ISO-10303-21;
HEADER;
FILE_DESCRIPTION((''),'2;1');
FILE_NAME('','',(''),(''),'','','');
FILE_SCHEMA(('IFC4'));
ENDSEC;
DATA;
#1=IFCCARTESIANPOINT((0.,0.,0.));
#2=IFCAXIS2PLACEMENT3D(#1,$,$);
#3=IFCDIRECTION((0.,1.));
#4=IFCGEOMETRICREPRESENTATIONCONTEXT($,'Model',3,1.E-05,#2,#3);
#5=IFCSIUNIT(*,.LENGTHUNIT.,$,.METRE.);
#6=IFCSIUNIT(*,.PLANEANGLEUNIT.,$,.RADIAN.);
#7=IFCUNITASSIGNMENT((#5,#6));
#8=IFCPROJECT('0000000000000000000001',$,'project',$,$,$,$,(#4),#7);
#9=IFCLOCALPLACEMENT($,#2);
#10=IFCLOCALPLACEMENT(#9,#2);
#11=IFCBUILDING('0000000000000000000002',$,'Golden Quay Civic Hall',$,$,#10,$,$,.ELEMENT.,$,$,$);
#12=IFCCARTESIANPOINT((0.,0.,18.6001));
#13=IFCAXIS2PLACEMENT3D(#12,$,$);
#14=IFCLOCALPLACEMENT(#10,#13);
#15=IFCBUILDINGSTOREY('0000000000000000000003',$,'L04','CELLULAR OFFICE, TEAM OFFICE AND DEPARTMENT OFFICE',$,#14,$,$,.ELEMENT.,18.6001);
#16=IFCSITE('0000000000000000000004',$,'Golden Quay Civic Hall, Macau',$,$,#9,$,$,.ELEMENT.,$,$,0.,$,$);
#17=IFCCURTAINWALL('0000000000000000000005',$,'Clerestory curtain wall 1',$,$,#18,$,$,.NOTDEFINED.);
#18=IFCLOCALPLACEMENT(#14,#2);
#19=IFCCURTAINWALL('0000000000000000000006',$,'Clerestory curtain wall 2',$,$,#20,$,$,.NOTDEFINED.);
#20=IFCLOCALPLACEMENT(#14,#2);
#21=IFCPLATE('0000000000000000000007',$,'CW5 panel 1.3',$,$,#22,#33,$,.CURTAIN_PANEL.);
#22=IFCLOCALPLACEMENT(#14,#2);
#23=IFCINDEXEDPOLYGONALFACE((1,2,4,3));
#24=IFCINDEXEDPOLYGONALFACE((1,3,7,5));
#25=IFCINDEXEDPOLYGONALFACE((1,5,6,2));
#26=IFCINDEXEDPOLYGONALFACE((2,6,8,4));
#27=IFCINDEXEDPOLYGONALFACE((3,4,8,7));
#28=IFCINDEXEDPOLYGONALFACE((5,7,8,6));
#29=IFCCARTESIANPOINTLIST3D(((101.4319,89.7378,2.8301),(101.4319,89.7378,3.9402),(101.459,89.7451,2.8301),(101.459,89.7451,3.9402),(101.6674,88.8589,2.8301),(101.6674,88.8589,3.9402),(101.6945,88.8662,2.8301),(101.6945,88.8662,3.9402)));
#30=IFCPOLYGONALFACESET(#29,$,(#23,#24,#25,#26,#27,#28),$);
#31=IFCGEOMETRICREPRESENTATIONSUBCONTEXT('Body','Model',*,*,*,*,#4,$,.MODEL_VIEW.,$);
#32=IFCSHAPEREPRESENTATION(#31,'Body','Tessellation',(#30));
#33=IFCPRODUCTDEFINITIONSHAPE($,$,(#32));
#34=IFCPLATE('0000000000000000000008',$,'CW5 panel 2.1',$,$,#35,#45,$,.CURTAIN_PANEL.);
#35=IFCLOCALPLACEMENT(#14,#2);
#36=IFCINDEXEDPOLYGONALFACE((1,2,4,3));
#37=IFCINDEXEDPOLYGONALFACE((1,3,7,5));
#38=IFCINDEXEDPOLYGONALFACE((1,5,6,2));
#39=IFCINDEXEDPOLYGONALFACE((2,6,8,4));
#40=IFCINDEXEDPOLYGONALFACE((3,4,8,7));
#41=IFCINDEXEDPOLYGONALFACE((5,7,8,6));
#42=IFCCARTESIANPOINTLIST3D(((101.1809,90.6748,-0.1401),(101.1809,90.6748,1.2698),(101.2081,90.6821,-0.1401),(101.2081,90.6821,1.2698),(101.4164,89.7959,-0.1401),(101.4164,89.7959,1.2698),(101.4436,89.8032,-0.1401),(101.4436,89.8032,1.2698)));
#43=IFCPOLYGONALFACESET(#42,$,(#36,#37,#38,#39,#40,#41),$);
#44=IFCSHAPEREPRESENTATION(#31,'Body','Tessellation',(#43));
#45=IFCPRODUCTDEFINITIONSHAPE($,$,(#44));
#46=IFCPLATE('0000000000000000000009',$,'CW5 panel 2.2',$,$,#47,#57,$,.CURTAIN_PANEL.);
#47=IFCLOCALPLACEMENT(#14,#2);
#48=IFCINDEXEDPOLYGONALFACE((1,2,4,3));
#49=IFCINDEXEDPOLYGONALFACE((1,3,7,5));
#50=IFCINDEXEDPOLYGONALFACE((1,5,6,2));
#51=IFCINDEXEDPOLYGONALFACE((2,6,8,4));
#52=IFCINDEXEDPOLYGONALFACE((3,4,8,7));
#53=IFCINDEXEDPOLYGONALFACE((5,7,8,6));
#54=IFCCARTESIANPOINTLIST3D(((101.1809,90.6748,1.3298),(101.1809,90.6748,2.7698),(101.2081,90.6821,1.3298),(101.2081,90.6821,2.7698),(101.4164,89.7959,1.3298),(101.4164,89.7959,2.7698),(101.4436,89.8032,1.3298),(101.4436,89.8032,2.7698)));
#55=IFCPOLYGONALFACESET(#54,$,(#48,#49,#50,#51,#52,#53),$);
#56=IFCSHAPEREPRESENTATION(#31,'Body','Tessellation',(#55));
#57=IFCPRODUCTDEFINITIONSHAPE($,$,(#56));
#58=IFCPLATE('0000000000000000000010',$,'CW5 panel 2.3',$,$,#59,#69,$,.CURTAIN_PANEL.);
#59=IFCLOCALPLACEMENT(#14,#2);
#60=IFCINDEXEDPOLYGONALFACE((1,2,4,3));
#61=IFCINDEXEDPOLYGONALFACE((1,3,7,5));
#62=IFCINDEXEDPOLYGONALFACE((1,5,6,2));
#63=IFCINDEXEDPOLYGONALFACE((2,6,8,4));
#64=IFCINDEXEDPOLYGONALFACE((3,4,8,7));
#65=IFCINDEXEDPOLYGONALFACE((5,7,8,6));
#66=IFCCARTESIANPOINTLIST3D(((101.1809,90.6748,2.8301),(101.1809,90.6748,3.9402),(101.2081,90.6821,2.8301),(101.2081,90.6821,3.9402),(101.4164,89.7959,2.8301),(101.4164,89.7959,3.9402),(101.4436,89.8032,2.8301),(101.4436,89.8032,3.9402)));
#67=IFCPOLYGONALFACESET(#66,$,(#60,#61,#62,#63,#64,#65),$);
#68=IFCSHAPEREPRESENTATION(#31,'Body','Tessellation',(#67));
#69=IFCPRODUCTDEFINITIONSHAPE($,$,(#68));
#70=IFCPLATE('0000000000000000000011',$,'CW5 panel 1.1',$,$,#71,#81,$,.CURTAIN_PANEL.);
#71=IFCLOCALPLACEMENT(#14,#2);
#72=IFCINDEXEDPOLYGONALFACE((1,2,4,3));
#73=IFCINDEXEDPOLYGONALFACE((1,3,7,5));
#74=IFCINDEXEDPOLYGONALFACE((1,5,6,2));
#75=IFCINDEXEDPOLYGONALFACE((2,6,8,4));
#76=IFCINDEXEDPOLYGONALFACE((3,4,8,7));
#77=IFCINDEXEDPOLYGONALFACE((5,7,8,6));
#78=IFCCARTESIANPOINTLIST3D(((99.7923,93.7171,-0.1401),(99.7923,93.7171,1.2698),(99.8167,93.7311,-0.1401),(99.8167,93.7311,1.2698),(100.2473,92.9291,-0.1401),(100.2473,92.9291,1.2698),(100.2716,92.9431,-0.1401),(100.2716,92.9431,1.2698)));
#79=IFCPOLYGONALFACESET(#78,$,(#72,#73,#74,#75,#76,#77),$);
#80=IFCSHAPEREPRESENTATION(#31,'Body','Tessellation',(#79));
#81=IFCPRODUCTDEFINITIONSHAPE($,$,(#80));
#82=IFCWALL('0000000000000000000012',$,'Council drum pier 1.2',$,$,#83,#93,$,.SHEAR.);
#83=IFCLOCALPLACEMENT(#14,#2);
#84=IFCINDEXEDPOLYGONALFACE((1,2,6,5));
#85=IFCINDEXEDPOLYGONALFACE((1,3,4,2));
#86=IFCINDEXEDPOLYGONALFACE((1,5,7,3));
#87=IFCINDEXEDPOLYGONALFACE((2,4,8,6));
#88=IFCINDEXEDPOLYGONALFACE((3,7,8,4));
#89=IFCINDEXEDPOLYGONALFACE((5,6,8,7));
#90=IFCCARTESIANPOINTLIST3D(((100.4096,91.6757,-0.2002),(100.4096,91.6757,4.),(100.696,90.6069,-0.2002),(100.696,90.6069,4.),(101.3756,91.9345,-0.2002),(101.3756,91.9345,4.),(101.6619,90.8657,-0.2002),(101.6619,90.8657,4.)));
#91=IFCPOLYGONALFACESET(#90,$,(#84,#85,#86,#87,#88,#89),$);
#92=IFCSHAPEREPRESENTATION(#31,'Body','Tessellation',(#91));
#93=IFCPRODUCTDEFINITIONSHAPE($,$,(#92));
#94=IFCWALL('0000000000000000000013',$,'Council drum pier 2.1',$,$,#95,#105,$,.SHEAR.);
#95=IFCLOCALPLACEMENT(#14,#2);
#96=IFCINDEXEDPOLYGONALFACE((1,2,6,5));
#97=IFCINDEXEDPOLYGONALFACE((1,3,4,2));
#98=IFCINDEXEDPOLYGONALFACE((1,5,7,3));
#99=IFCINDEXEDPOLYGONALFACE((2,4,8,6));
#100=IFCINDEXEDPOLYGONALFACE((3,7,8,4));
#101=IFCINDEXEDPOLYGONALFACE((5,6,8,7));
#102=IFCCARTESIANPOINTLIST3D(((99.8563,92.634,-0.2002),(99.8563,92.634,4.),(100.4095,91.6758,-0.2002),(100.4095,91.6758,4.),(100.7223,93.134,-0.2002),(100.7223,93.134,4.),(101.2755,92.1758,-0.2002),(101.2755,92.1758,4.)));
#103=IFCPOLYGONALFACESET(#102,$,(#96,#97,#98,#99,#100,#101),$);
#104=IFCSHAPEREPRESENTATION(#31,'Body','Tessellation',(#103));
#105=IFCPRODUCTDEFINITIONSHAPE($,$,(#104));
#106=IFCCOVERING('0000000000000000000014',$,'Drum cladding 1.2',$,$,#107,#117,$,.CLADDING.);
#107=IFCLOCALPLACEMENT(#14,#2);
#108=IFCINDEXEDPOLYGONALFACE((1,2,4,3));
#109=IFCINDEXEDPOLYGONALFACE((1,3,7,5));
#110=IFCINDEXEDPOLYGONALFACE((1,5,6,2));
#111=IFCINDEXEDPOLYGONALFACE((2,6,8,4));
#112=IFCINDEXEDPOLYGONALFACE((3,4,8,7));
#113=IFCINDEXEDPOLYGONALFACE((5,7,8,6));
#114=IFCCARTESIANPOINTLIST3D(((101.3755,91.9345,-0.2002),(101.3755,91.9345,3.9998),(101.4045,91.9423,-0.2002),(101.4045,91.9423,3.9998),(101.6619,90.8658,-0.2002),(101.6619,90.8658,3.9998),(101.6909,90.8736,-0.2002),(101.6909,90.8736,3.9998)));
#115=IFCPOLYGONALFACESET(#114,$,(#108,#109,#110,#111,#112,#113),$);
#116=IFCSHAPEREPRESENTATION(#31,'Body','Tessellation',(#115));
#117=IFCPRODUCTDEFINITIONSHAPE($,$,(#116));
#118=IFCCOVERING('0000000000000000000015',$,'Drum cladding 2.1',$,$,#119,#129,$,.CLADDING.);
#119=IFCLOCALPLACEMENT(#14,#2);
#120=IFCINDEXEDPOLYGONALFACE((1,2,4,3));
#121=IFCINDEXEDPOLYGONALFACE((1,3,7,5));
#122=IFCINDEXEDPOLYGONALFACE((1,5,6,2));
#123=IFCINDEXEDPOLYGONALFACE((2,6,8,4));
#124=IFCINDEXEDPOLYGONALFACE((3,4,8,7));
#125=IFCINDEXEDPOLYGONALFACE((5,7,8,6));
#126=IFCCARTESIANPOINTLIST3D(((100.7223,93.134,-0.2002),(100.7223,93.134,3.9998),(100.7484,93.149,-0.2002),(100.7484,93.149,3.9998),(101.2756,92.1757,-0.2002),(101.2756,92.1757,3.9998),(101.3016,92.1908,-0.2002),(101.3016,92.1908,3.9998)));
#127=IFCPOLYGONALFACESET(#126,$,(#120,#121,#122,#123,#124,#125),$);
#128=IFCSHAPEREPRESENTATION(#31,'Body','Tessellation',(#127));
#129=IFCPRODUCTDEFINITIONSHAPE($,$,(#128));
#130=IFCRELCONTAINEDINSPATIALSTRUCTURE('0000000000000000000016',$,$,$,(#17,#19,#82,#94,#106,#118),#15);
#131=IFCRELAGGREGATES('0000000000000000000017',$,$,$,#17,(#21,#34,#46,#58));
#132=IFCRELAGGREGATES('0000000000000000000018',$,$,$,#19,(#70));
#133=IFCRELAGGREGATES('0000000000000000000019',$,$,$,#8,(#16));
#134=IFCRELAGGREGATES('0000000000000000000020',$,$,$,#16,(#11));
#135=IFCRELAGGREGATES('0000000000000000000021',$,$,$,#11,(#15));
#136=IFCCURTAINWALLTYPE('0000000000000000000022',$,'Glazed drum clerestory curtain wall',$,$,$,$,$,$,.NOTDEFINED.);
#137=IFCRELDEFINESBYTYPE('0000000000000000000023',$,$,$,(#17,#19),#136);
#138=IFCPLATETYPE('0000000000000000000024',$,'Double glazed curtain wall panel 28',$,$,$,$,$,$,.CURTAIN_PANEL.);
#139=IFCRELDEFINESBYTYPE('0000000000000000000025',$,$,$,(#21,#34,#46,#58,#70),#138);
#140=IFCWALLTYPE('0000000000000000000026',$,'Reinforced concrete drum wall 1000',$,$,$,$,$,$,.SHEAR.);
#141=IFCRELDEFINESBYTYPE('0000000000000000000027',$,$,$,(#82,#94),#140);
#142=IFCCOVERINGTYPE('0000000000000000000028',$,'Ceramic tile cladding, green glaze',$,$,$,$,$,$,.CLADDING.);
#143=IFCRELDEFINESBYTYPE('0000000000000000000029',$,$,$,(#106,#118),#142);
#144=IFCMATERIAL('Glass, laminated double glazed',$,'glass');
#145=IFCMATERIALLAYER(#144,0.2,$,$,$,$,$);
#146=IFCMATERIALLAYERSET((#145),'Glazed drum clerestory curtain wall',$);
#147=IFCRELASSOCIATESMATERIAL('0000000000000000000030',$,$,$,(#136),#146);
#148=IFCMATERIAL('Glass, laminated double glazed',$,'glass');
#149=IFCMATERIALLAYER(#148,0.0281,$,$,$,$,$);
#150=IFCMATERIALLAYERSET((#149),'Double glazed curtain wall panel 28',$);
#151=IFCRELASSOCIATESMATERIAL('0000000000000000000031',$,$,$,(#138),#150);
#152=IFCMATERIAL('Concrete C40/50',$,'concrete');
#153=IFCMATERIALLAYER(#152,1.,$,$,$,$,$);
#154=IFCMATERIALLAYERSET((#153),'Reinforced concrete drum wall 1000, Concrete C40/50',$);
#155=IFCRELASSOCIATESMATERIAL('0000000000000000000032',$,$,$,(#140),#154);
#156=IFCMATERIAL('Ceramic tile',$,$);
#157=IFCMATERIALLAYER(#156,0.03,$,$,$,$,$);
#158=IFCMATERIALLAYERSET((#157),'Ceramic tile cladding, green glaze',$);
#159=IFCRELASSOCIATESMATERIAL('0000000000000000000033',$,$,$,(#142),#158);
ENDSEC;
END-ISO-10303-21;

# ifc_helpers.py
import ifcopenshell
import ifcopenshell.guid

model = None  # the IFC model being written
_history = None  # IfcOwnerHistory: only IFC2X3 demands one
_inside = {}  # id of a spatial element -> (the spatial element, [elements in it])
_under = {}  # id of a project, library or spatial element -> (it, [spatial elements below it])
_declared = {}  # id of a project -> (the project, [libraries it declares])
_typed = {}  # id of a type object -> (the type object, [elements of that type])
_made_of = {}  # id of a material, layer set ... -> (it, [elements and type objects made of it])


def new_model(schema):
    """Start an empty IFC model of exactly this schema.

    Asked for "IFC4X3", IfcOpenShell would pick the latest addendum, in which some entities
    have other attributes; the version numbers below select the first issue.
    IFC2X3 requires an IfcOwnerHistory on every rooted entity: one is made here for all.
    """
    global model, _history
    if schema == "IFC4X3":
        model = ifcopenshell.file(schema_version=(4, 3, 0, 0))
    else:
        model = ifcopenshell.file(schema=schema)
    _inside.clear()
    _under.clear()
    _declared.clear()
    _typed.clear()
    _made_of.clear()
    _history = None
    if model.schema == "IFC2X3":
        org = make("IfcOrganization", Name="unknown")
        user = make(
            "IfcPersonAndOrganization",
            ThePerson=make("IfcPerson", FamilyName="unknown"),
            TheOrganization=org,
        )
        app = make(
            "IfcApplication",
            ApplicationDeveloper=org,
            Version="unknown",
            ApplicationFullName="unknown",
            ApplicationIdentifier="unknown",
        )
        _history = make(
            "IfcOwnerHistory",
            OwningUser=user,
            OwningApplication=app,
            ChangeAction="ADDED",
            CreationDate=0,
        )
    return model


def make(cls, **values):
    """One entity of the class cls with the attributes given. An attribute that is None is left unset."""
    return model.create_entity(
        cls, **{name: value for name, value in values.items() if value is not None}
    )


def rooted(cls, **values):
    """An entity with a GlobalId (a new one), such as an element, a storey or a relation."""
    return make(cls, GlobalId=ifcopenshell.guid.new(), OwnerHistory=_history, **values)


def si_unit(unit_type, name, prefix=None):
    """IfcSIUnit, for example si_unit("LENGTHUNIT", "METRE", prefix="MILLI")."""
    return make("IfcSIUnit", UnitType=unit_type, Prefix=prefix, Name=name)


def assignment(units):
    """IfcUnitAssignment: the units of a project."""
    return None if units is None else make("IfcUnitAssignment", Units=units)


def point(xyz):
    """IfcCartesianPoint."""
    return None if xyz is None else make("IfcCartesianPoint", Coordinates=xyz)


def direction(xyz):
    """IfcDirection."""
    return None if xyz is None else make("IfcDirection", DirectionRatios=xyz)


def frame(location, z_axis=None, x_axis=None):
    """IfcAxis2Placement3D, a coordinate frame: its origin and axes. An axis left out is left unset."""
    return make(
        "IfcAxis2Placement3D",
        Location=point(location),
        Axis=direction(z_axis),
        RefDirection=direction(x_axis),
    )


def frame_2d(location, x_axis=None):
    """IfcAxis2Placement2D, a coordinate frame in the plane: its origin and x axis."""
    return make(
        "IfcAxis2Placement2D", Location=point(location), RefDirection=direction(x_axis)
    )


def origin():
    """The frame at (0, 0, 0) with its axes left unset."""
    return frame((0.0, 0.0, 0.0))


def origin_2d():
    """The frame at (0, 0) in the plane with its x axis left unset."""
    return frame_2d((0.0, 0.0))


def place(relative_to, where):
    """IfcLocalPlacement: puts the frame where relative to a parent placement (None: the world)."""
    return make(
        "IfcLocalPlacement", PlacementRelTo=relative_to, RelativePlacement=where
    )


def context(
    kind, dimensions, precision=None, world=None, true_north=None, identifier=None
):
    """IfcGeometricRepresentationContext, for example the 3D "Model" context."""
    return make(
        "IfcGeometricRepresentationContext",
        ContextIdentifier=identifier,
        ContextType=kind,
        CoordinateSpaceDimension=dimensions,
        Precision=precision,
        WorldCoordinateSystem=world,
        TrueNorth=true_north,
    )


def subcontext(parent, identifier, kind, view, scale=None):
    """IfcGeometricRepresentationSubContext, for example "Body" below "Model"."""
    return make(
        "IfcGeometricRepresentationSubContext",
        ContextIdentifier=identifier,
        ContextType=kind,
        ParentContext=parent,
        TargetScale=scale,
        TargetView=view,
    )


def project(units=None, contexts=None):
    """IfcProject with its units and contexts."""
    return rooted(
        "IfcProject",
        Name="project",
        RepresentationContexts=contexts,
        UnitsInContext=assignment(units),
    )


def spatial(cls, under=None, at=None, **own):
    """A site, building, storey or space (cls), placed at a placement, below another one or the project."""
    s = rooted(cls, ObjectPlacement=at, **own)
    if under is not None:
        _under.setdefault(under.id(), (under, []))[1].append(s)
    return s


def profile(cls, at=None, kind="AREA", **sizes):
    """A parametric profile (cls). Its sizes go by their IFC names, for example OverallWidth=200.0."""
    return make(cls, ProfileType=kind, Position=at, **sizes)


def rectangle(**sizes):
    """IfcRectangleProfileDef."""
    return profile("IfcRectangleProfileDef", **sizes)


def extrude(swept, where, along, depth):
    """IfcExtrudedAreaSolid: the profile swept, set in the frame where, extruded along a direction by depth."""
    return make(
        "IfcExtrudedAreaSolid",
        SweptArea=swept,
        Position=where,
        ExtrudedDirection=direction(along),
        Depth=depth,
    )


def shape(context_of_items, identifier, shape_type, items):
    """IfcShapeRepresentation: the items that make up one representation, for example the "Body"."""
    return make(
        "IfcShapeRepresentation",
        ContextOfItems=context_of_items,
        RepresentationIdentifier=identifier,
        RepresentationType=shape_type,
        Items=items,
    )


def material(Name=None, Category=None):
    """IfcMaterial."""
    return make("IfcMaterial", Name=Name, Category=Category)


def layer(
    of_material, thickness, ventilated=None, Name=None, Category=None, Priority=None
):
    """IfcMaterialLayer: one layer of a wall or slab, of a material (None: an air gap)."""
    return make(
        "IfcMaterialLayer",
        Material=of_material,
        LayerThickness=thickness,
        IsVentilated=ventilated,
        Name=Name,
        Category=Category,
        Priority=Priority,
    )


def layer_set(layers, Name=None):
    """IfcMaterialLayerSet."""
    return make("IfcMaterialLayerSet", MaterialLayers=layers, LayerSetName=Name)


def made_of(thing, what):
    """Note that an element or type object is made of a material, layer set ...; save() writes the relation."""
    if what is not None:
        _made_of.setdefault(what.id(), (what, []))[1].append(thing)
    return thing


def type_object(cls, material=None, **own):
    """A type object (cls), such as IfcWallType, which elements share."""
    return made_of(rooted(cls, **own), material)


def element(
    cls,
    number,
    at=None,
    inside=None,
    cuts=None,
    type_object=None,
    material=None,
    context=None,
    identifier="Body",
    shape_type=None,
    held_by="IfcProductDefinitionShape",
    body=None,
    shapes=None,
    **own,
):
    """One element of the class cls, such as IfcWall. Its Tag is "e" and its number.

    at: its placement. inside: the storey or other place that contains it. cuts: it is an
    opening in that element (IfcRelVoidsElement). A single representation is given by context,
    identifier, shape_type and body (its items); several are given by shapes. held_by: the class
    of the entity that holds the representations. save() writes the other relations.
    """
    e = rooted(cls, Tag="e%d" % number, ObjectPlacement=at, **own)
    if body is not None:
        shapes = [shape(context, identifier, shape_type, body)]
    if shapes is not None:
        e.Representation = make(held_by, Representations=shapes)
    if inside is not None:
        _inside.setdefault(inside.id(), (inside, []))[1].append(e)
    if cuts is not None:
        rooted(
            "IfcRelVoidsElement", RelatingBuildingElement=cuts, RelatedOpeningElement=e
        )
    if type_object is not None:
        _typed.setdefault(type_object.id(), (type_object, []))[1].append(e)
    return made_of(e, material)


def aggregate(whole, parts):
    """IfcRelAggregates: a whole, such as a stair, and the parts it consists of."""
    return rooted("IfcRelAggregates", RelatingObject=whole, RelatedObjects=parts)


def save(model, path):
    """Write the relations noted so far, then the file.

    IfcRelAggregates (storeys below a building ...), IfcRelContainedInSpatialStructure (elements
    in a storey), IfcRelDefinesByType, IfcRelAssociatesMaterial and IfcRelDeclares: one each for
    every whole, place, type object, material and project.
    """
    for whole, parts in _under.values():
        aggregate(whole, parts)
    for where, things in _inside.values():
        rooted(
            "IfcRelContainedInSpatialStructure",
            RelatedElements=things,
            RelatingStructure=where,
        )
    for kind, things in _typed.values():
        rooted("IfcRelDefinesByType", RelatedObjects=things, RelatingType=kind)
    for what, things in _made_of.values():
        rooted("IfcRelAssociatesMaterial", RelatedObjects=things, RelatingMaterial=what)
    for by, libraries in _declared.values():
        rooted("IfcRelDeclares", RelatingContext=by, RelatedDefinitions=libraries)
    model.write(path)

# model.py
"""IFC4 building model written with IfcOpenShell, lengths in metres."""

from ifc_helpers import new_model, si_unit, direction, frame, frame_2d, origin, origin_2d, place, context, subcontext, project, spatial, rectangle, extrude, material, layer, layer_set, type_object, element, aggregate, save


model = new_model("IFC4")

# Units and contexts
model_context = context("Model", 3, precision=1e-05, world=origin(), true_north=direction((0.0, 1.0)))
body_context = subcontext(model_context, "Body", "Model", "MODEL_VIEW")
ifc_project = project(units=[si_unit("LENGTHUNIT", "METRE"), si_unit("PLANEANGLEUNIT", "RADIAN")], contexts=[model_context])

# Site, building, storey
site_placement = place(None, origin())
site = spatial("IfcSite", under=ifc_project, at=site_placement, Name="Golden Quay Civic Hall, Macau", CompositionType="ELEMENT", RefElevation=0.0)
building_placement = place(site_placement, origin())
building = spatial("IfcBuilding", under=site, at=building_placement, Name="Golden Quay Civic Hall", CompositionType="ELEMENT")
storey_placement = place(building_placement, frame((0.0, 0.0, 18.6001)))
storey = spatial("IfcBuildingStorey", under=building, at=storey_placement, Name="L04", Description="CELLULAR OFFICE, TEAM OFFICE AND DEPARTMENT OFFICE", CompositionType="ELEMENT", Elevation=18.6001)

# Curtain wall
ifc_material_1 = material(Name="Glass, laminated double glazed", Category="glass")
ifc_layer_1 = layer(ifc_material_1, 0.2)
ifc_layer_set_1 = layer_set([ifc_layer_1], Name="Glazed drum clerestory curtain wall")
curtain_wall_type = type_object("IfcCurtainWallType", Name="Glazed drum clerestory curtain wall", PredefinedType="NOTDEFINED", material=ifc_layer_set_1)
curtain_wall_1_placement = place(storey_placement, origin())
curtain_wall_1 = element("IfcCurtainWall", 1, at=curtain_wall_1_placement, inside=storey, type_object=curtain_wall_type, Name="Clerestory curtain wall 1", PredefinedType="NOTDEFINED")

# Curtain wall
curtain_wall_2_placement = place(storey_placement, origin())
curtain_wall_2 = element("IfcCurtainWall", 2, at=curtain_wall_2_placement, inside=storey, type_object=curtain_wall_type, Name="Clerestory curtain wall 2", PredefinedType="NOTDEFINED")

# Plates
ifc_material_2 = material(Name="Glass, laminated double glazed", Category="glass")
ifc_layer_2 = layer(ifc_material_2, 0.0281)
ifc_layer_set_2 = layer_set([ifc_layer_2], Name="Double glazed curtain wall panel 28")
plate_type = type_object("IfcPlateType", Name="Double glazed curtain wall panel 28", PredefinedType="CURTAIN_PANEL", material=ifc_layer_set_2)
plate_1_placement = place(storey_placement, frame((101.5632, 89.302, 2.8301), z_axis=(0.0, 0.0, 1.0), x_axis=(-0.258808, 0.965929, 0.0)))
plate_1 = element("IfcPlate", 3, at=plate_1_placement, type_object=plate_type, Name="CW5 panel 1.3", PredefinedType="CURTAIN_PANEL", context=body_context, shape_type="SweptSolid", body=[
    extrude(rectangle(XDim=0.9099, YDim=0.0281, at=origin_2d()), origin(), (0.0, 0.0, 1.0), 1.1101),
])
plate_2_placement = place(storey_placement, frame((101.3123, 90.239, -0.1401), z_axis=(0.0, 0.0, 1.0), x_axis=(-0.258808, 0.965929, 0.0)))
plate_2 = element("IfcPlate", 4, at=plate_2_placement, type_object=plate_type, Name="CW5 panel 2.1", PredefinedType="CURTAIN_PANEL", context=body_context, shape_type="SweptSolid", body=[
    extrude(rectangle(XDim=0.9099, YDim=0.0281, at=origin_2d()), origin(), (0.0, 0.0, 1.0), 1.4099),
])
plate_3_placement = place(storey_placement, frame((101.3123, 90.239, 1.3298), z_axis=(0.0, 0.0, 1.0), x_axis=(-0.258808, 0.965929, 0.0)))
plate_3 = element("IfcPlate", 5, at=plate_3_placement, type_object=plate_type, Name="CW5 panel 2.2", PredefinedType="CURTAIN_PANEL", context=body_context, shape_type="SweptSolid", body=[
    extrude(rectangle(XDim=0.9099, YDim=0.0281, at=origin_2d()), origin(), (0.0, 0.0, 1.0), 1.4399),
])
plate_4_placement = place(storey_placement, frame((101.3123, 90.239, 2.8301), z_axis=(0.0, 0.0, 1.0), x_axis=(-0.258808, 0.965929, 0.0)))
plate_4 = element("IfcPlate", 6, at=plate_4_placement, type_object=plate_type, Name="CW5 panel 2.3", PredefinedType="CURTAIN_PANEL", context=body_context, shape_type="SweptSolid", body=[
    extrude(rectangle(XDim=0.9099, YDim=0.0281, at=origin_2d()), origin(), (0.0, 0.0, 1.0), 1.1101),
])
aggregate(curtain_wall_1, [plate_1, plate_2, plate_3, plate_4])
plate_5_placement = place(storey_placement, frame((100.032, 93.3301, -0.1401), z_axis=(0.0, 0.0, 1.0), x_axis=(-0.500011, 0.866019, 0.0)))
plate_5 = element("IfcPlate", 7, at=plate_5_placement, type_object=plate_type, Name="CW5 panel 1.1", PredefinedType="CURTAIN_PANEL", context=body_context, shape_type="SweptSolid", body=[
    extrude(rectangle(XDim=0.9099, YDim=0.0281, at=origin_2d()), origin(), (0.0, 0.0, 1.0), 1.4099),
])
aggregate(curtain_wall_2, [plate_5])

# Walls
ifc_material_3 = material(Name="Concrete C40/50", Category="concrete")
ifc_layer_3 = layer(ifc_material_3, 1.0)
ifc_layer_set_3 = layer_set([ifc_layer_3], Name="Reinforced concrete drum wall 1000, Concrete C40/50")
wall_type = type_object("IfcWallType", Name="Reinforced concrete drum wall 1000", PredefinedType="SHEAR", material=ifc_layer_set_3)
for number, where, z_axis, x_axis, name in (
    (8, (101.179, 90.7363, -0.2002), (0.0, 0.0, 1.0), (-0.258802, 0.96593, 0.0), "Council drum pier 1.2"),
    (9, (100.8425, 91.9258, -0.2002), (0.0, 0.0, 1.0), (-0.499983, 0.866035, 0.0), "Council drum pier 2.1"),
):
    element("IfcWall", number, at=place(storey_placement, frame(where, z_axis=z_axis, x_axis=x_axis)), inside=storey, type_object=wall_type, Name=name, PredefinedType="SHEAR", context=body_context, shape_type="SweptSolid", body=[
        extrude(rectangle(XDim=1.1064, YDim=1.0, at=frame_2d((0.5532, 0.0))), origin(), (0.0, 0.0, 1.0), 4.2002),
    ])

# Coverings
ifc_material_4 = material(Name="Ceramic tile")
ifc_layer_4 = layer(ifc_material_4, 0.03)
ifc_layer_set_4 = layer_set([ifc_layer_4], Name="Ceramic tile cladding, green glaze")
covering_type = type_object("IfcCoveringType", Name="Ceramic tile cladding, green glaze", PredefinedType="CLADDING", material=ifc_layer_set_4)
for number, where, z_axis, x_axis, name in (
    (10, (101.5332, 91.4041, -0.2002), (0.0, 0.0, 1.0), (-0.258819, 0.965926, 0.0), "Drum cladding 1.2"),
    (11, (101.012, 92.6624, -0.2002), (0.0, 0.0, 1.0), (-0.5, 0.866025, 0.0), "Drum cladding 2.1"),
):
    element("IfcCovering", number, at=place(storey_placement, frame(where, z_axis=z_axis, x_axis=x_axis)), inside=storey, type_object=covering_type, Name=name, PredefinedType="CLADDING", context=body_context, shape_type="SweptSolid", body=[
        extrude(rectangle(XDim=1.1064, YDim=0.03, at=origin_2d()), origin(), (0.0, 0.0, 1.0), 4.2),
    ])

save(model, "model.ifc")
